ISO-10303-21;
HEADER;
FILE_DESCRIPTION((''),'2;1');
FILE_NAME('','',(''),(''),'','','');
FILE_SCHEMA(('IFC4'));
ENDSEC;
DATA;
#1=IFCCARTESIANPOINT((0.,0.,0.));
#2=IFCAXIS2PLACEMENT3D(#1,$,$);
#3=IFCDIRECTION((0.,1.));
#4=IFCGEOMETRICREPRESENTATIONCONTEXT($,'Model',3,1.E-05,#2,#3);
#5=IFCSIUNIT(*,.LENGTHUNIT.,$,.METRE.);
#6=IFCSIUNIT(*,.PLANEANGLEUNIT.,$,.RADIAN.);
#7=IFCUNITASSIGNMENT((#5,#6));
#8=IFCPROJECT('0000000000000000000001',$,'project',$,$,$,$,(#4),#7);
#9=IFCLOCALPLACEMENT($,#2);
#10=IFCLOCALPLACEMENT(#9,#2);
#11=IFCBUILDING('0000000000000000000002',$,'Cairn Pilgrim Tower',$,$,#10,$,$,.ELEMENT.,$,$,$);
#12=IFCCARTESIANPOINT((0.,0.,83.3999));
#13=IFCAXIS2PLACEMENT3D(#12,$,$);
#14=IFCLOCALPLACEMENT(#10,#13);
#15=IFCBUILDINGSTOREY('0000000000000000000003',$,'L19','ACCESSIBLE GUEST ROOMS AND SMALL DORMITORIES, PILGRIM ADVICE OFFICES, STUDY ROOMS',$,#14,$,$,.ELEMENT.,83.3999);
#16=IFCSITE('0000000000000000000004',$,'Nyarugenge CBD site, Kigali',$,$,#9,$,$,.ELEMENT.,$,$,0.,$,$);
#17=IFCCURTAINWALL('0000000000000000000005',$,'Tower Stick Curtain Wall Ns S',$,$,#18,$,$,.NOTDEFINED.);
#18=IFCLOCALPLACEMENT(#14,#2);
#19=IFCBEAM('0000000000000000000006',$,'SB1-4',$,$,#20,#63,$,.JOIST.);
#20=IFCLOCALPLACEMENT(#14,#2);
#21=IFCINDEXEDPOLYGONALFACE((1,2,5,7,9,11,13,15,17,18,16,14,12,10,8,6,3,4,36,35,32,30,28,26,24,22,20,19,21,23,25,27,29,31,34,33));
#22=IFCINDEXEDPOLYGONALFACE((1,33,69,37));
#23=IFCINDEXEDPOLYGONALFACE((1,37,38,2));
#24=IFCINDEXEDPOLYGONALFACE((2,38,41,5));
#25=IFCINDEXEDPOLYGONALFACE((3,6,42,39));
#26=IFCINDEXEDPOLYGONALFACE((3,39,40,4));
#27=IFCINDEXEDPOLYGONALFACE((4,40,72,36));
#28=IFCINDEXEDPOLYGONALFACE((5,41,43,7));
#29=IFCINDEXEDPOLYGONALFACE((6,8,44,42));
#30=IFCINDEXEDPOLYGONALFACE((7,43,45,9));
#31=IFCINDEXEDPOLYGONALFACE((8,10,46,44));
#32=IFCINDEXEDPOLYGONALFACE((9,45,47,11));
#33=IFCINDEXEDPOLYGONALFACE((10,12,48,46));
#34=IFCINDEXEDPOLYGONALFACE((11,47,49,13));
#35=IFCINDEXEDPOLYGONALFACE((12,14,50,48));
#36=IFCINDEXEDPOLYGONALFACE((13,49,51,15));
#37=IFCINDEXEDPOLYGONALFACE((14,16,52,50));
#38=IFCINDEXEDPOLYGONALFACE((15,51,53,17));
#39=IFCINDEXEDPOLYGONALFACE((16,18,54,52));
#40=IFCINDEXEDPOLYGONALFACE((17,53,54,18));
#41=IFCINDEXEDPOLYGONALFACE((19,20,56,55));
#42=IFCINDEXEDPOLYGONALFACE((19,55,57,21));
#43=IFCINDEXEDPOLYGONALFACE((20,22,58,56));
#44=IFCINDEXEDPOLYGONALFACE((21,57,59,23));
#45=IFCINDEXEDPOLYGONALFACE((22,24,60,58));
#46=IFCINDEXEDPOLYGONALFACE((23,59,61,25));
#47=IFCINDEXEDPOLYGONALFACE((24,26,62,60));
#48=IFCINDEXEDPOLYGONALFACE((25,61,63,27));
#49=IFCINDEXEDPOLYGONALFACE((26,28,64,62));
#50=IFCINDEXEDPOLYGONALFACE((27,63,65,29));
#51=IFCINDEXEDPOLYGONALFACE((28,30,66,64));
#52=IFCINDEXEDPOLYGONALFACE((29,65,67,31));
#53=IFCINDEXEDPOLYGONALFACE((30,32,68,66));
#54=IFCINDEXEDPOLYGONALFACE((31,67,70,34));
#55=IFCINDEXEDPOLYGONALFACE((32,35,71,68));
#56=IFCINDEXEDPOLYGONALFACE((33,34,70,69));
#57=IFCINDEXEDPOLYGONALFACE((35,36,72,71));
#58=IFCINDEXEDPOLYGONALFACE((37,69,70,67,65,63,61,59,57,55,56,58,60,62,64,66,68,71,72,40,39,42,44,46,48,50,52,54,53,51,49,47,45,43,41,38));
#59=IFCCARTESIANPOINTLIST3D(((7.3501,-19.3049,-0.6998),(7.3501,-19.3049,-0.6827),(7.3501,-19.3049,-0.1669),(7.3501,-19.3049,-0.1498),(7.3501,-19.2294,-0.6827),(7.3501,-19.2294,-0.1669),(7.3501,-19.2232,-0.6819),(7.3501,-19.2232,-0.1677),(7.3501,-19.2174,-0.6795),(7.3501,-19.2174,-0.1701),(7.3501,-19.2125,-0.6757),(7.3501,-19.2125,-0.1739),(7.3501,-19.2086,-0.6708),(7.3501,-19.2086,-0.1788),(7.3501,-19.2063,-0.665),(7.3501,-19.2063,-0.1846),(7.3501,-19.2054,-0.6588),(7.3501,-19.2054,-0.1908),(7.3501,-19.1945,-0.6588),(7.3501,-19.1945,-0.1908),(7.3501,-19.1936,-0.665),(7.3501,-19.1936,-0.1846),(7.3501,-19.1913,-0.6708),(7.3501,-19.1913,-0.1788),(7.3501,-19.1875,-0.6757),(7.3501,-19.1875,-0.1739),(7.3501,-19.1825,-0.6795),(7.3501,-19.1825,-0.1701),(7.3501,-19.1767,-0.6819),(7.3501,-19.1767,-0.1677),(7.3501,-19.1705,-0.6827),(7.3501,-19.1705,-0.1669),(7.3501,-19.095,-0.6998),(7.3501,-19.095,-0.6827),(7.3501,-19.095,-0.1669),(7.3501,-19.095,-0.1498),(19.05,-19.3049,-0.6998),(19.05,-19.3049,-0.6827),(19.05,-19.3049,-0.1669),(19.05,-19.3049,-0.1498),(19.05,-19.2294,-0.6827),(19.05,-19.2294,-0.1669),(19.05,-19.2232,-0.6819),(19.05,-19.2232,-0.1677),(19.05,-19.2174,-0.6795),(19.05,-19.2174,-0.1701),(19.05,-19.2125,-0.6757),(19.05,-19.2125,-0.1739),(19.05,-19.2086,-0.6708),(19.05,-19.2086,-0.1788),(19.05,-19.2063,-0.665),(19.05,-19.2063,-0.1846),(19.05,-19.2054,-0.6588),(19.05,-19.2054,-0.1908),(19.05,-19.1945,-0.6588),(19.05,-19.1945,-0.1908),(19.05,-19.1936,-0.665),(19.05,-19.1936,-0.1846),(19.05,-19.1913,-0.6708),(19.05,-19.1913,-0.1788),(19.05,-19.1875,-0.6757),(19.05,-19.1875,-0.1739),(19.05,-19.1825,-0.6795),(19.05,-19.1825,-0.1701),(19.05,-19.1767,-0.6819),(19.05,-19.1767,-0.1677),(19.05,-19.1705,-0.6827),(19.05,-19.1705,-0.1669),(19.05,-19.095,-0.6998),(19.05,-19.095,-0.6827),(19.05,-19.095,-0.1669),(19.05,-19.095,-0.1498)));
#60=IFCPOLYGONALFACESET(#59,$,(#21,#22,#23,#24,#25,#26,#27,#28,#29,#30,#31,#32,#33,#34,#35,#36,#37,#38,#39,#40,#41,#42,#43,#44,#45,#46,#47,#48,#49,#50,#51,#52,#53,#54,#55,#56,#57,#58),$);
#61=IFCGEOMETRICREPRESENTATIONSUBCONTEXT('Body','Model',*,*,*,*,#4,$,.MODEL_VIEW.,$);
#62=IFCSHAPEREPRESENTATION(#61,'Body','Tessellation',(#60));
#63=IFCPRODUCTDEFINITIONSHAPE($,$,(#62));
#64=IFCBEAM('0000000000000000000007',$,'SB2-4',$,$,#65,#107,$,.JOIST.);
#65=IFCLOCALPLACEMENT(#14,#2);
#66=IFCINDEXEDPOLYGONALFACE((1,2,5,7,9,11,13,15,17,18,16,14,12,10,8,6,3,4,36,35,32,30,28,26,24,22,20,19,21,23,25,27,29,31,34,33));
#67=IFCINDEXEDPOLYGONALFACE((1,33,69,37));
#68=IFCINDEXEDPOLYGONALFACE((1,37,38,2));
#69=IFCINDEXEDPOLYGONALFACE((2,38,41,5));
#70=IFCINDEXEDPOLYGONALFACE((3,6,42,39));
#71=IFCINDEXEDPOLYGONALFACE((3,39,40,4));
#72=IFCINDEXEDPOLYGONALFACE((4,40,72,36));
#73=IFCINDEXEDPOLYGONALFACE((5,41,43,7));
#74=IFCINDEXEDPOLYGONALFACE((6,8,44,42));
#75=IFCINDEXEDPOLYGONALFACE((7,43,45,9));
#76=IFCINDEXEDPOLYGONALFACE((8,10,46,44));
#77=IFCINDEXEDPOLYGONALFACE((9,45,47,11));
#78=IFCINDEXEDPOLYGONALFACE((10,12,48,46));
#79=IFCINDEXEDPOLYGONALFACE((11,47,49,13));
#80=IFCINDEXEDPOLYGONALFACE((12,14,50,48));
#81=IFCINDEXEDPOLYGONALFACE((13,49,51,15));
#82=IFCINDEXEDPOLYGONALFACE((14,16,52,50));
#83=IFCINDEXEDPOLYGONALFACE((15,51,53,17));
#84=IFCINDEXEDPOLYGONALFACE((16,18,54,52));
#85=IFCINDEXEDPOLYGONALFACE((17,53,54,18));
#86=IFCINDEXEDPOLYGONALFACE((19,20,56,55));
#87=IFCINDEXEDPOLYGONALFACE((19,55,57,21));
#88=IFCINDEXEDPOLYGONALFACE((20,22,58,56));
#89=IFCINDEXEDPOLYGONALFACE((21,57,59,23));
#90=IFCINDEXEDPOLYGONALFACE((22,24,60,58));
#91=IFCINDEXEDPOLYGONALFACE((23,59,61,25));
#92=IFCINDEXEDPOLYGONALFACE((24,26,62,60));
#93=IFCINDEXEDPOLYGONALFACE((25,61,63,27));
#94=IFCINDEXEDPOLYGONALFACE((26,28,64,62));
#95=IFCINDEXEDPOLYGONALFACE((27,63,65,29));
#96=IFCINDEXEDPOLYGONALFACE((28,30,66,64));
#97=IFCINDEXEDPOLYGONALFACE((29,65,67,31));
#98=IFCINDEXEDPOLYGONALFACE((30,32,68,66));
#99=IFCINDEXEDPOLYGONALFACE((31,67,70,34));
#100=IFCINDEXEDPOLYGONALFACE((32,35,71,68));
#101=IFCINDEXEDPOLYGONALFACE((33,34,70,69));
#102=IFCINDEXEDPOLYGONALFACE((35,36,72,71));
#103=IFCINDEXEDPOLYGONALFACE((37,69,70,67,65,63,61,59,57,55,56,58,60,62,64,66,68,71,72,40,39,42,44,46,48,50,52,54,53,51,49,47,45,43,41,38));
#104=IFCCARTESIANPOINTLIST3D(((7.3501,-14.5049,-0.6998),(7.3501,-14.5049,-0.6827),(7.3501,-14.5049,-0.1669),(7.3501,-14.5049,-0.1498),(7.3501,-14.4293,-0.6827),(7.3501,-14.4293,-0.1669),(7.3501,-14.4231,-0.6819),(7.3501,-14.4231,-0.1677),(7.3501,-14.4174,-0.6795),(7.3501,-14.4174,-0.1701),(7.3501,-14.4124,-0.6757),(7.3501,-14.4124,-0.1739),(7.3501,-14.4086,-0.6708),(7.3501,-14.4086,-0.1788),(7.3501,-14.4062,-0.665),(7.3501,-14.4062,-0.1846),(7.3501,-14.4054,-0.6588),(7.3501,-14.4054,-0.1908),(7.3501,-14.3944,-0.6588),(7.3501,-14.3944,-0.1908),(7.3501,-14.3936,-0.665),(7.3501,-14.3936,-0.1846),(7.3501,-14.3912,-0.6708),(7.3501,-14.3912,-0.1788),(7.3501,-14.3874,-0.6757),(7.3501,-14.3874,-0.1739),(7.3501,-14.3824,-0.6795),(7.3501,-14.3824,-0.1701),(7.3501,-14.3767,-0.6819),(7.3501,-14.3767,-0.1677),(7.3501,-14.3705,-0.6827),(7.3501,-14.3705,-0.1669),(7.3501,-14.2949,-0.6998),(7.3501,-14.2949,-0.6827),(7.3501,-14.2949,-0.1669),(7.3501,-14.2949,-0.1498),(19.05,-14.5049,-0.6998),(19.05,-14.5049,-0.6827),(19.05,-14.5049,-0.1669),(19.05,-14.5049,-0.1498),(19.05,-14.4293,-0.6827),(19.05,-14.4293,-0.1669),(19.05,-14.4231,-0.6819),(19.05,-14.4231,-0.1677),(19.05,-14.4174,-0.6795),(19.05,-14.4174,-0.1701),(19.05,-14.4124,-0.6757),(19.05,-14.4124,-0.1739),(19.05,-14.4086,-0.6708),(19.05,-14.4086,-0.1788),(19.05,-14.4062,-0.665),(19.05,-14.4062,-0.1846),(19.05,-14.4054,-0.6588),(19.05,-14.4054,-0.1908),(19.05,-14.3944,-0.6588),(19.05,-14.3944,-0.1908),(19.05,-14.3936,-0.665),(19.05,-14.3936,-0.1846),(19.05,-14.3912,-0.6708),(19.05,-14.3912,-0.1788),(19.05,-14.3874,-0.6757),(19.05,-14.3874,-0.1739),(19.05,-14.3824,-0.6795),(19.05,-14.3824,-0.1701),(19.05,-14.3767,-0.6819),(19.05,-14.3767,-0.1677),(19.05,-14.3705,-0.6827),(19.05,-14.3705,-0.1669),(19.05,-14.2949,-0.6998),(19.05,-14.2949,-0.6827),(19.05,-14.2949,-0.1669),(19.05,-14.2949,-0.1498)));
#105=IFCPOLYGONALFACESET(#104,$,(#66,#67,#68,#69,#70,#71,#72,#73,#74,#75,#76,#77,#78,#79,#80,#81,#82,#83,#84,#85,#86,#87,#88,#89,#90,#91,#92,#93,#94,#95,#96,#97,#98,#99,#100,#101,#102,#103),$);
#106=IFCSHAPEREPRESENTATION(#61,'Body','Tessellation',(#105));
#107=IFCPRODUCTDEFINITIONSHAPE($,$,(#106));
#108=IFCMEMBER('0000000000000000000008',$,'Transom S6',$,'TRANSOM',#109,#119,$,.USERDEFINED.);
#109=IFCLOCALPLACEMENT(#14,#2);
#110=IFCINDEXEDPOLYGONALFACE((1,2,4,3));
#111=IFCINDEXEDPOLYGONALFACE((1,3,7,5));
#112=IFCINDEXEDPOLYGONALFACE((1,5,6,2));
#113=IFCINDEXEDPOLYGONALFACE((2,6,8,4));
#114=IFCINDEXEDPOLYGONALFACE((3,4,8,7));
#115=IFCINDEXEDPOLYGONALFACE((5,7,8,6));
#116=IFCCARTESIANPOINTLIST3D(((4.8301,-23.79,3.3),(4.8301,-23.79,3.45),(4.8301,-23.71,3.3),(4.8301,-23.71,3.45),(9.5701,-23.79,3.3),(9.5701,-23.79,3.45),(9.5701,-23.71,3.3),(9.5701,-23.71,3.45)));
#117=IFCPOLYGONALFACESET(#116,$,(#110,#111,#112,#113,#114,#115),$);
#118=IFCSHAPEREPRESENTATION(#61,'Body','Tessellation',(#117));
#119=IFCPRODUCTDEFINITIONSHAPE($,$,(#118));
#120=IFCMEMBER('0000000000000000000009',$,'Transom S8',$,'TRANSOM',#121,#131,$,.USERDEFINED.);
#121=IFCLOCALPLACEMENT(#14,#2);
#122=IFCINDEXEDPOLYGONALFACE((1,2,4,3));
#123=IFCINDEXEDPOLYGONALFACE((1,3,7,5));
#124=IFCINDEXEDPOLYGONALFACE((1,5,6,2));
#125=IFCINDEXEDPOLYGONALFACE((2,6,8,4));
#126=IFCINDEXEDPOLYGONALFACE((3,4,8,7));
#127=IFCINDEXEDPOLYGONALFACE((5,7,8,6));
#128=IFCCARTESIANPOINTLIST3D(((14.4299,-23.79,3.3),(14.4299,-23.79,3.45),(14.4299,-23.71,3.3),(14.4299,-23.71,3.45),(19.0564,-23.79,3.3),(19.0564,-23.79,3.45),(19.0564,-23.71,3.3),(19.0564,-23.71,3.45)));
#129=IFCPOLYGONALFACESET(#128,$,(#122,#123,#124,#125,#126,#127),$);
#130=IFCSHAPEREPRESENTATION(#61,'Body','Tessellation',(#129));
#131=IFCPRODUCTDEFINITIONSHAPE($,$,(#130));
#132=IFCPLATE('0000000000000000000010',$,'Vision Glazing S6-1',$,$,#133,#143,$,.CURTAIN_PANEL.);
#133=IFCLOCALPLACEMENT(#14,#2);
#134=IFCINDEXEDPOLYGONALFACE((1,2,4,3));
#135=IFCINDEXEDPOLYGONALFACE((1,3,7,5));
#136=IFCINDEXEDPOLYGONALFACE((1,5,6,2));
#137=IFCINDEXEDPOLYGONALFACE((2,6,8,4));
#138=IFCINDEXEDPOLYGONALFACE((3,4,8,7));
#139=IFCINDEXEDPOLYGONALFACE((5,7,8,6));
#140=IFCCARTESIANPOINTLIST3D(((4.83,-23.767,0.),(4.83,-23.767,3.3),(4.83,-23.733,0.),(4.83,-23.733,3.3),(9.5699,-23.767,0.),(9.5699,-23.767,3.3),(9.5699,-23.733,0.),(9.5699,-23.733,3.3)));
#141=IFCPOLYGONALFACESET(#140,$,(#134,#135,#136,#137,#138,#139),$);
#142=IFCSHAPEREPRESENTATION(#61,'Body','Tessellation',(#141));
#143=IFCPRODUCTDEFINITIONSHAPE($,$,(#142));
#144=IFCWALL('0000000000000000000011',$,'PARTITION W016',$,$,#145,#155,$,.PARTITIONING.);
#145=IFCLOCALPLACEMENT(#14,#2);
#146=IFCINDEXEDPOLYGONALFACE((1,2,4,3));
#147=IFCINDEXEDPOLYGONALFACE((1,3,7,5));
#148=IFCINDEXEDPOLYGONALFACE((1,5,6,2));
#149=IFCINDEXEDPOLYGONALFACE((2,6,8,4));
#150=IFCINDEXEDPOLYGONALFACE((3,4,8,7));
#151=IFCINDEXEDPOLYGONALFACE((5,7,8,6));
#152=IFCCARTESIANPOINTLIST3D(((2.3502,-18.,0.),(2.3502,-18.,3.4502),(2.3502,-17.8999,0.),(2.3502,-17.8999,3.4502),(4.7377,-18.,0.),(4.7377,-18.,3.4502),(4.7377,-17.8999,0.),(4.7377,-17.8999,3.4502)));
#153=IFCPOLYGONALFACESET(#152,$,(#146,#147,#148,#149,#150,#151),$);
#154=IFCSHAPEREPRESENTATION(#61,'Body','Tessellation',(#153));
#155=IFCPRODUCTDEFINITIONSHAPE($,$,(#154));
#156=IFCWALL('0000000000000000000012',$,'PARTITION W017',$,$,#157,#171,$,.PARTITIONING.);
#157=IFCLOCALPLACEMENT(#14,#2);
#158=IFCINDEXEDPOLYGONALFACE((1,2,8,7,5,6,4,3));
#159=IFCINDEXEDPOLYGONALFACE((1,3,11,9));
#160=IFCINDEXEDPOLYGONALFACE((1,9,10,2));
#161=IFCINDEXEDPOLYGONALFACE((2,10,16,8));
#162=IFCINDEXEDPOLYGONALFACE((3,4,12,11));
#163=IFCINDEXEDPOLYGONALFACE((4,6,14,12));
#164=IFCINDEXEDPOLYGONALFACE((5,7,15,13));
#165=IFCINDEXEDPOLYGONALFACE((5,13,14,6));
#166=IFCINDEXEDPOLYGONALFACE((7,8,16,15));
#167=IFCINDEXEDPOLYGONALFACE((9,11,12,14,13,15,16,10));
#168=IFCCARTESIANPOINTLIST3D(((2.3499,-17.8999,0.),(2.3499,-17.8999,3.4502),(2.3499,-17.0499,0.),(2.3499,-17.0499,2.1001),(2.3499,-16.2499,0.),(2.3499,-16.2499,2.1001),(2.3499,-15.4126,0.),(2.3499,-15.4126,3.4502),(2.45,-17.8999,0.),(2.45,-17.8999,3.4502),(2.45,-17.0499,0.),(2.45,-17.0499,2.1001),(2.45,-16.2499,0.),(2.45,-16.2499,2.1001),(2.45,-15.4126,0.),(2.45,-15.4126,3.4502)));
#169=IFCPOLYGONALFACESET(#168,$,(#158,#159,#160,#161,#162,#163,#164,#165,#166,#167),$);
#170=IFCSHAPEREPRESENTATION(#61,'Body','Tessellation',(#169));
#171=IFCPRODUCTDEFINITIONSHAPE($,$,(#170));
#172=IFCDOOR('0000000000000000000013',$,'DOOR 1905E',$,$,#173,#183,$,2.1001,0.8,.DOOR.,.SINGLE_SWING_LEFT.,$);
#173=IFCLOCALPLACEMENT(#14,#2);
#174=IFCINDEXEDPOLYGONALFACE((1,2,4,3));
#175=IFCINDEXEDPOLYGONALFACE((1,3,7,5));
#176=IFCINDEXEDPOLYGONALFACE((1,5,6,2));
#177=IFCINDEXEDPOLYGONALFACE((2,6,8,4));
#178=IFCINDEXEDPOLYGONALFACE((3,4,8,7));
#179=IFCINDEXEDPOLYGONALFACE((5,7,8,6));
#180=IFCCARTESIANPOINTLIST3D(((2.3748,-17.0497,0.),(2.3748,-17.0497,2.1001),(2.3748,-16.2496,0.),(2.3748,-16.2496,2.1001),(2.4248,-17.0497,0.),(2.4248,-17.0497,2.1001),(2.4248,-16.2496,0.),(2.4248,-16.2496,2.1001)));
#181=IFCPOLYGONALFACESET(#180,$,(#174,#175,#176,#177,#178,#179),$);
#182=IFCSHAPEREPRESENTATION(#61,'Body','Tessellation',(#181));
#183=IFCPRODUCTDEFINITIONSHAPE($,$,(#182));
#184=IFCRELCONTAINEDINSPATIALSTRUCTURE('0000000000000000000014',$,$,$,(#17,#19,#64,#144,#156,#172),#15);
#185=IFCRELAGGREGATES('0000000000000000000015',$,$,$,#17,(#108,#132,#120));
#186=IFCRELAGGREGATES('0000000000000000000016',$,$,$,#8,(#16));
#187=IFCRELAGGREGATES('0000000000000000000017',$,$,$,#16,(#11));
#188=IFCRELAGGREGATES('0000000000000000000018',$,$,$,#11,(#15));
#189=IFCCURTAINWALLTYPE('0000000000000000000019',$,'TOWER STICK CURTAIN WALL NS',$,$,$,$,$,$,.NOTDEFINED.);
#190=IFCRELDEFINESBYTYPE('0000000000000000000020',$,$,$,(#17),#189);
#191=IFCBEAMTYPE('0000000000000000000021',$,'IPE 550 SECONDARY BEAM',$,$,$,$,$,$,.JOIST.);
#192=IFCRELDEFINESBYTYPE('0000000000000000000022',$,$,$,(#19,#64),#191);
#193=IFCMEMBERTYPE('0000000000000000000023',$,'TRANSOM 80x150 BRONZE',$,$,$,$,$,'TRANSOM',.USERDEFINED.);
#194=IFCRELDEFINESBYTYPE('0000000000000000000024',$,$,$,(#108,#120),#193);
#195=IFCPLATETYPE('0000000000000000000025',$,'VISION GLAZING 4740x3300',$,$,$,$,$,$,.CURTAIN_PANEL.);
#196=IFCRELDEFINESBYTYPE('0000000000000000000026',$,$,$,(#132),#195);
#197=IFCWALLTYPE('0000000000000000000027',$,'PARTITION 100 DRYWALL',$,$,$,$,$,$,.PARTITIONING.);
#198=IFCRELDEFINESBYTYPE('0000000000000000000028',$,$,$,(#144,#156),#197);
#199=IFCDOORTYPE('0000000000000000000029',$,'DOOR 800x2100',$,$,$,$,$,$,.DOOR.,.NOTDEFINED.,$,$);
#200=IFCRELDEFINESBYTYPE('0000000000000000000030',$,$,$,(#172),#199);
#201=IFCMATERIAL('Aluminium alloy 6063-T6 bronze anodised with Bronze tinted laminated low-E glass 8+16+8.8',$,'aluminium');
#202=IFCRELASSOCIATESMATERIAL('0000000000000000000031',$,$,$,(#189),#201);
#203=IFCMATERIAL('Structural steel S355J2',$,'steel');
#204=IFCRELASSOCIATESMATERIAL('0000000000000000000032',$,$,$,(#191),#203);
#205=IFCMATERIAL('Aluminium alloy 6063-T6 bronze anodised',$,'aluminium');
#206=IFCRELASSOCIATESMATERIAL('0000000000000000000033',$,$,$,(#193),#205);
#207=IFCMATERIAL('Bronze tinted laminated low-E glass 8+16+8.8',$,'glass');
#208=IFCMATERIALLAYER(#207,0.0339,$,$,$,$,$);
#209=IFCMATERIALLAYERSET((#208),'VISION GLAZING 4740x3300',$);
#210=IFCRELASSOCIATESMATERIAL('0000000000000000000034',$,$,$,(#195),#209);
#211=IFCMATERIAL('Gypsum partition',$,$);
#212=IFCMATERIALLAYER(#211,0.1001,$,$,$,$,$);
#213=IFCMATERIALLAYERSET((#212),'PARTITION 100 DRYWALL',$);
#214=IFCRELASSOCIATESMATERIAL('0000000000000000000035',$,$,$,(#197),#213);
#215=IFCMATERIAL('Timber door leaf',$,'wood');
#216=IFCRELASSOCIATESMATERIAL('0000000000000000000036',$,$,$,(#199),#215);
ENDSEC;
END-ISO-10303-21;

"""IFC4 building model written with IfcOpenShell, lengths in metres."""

from ifc_helpers import new_model, si_unit, direction, frame, frame_2d, origin, origin_2d, place, context, subcontext, project, spatial, rectangle, i_section, extrude, material, layer, layer_set, material_profile, profile_set, type_object, element, fill, aggregate, save


model = new_model("IFC4")

# Units and contexts
model_context = context("Model", 3, precision=1e-05, world=origin(), true_north=direction((0.0, 1.0)))
body_context = subcontext(model_context, "Body", "Model", "MODEL_VIEW")
ifc_project = project(units=[si_unit("LENGTHUNIT", "METRE"), si_unit("PLANEANGLEUNIT", "RADIAN")], contexts=[model_context])

# Site, building, storey
site_placement = place(None, origin())
site = spatial("IfcSite", under=ifc_project, at=site_placement, Name="Nyarugenge CBD site, Kigali", CompositionType="ELEMENT", RefElevation=0.0)
building_placement = place(site_placement, origin())
building = spatial("IfcBuilding", under=site, at=building_placement, Name="Cairn Pilgrim Tower", CompositionType="ELEMENT")
storey_placement = place(building_placement, frame((0.0, 0.0, 83.3999)))
storey = spatial("IfcBuildingStorey", under=building, at=storey_placement, Name="L19", Description="ACCESSIBLE GUEST ROOMS AND SMALL DORMITORIES, PILGRIM ADVICE OFFICES, STUDY ROOMS", CompositionType="ELEMENT", Elevation=83.3999)

# Curtain wall
ifc_material_1 = material(Name="Aluminium alloy 6063-T6 bronze anodised with Bronze tinted laminated low-E glass 8+16+8.8", Category="aluminium")
curtain_wall_type = type_object("IfcCurtainWallType", Name="TOWER STICK CURTAIN WALL NS", PredefinedType="NOTDEFINED", material=ifc_material_1)
curtain_wall_placement = place(storey_placement, origin())
curtain_wall = element("IfcCurtainWall", 1, at=curtain_wall_placement, inside=storey, type_object=curtain_wall_type, Name="Tower Stick Curtain Wall Ns S", PredefinedType="NOTDEFINED")
ifc_material_2 = material(Name="Aluminium alloy 6063-T6 bronze anodised", Category="aluminium")

# Beams
ifc_material_3 = material(Name="Structural steel S355J2", Category="steel")
ifc_material_profile_1 = material_profile(ifc_material_3, i_section(OverallWidth=0.21, OverallDepth=0.55, WebThickness=0.011, FlangeThickness=0.0171, FilletRadius=0.0239, at=origin_2d()), Name="IPE 550")
ifc_profile_set_1 = profile_set([ifc_material_profile_1], Name="Structural steel S355J2")
beam_type_1 = type_object("IfcBeamType", Name="IPE 550 SECONDARY BEAM", PredefinedType="JOIST", material=ifc_profile_set_1)
for number, where, z_axis, x_axis, name in (
    (2, (7.3501, -19.2, -0.4248), (1.0, 0.0, 0.0), (0.0, 1.0, 0.0), "SB1-4"),
    (3, (7.3501, -14.3999, -0.4248), (1.0, 0.0, 0.0), (0.0, 1.0, 0.0), "SB2-4"),
):
    element("IfcBeam", number, at=place(storey_placement, frame(where, z_axis=z_axis, x_axis=x_axis)), inside=storey, type_object=beam_type_1, Name=name, PredefinedType="JOIST", context=body_context, shape_type="SweptSolid", body=[
        extrude(i_section(OverallWidth=0.21, OverallDepth=0.55, WebThickness=0.011, FlangeThickness=0.0171, FilletRadius=0.0239, at=origin_2d()), origin(), (0.0, 0.0, 1.0), 11.7),
    ])

# Members
ifc_material_profile_2 = material_profile(ifc_material_2, rectangle(XDim=0.0801, YDim=0.1499, at=origin_2d()), Name="TRANSOM 80x150 BRONZE")
ifc_profile_set_2 = profile_set([ifc_material_profile_2], Name="Aluminium alloy 6063-T6 bronze anodised")
member_type_1 = type_object("IfcMemberType", Name="TRANSOM 80x150 BRONZE", ElementType="TRANSOM", PredefinedType="USERDEFINED", material=ifc_profile_set_2)
member_1_placement = place(storey_placement, frame((4.8301, -23.75, 3.375), z_axis=(1.0, 0.0, 0.0), x_axis=(0.0, 1.0, 0.0)))
member_1 = element("IfcMember", 4, at=member_1_placement, type_object=member_type_1, Name="Transom S6", ObjectType="TRANSOM", PredefinedType="USERDEFINED", context=body_context, shape_type="SweptSolid", body=[
    extrude(rectangle(XDim=0.0801, YDim=0.1499, at=origin_2d()), origin(), (0.0, 0.0, 1.0), 4.74),
])
member_2_placement = place(storey_placement, frame((14.4299, -23.75, 3.375), z_axis=(1.0, 0.0, 0.0), x_axis=(0.0, 1.0, 0.0)))
member_2 = element("IfcMember", 5, at=member_2_placement, type_object=member_type_1, Name="Transom S8", ObjectType="TRANSOM", PredefinedType="USERDEFINED", context=body_context, shape_type="SweptSolid", body=[
    extrude(rectangle(XDim=0.0801, YDim=0.1499, at=origin_2d()), origin(), (0.0, 0.0, 1.0), 4.6265),
])

# Plate
ifc_material_4 = material(Name="Bronze tinted laminated low-E glass 8+16+8.8", Category="glass")
ifc_layer_1 = layer(ifc_material_4, 0.0339)
ifc_layer_set_1 = layer_set([ifc_layer_1], Name="VISION GLAZING 4740x3300")
plate_type = type_object("IfcPlateType", Name="VISION GLAZING 4740x3300", PredefinedType="CURTAIN_PANEL", material=ifc_layer_set_1)
plate_placement = place(storey_placement, frame((7.2, -23.75, 0.0), z_axis=(0.0, 0.0, 1.0), x_axis=(1.0, 0.0, 0.0)))
plate = element("IfcPlate", 6, at=plate_placement, type_object=plate_type, Name="Vision Glazing S6-1", PredefinedType="CURTAIN_PANEL", context=body_context, shape_type="SweptSolid", body=[
    extrude(rectangle(XDim=4.74, YDim=0.0339, at=origin_2d()), origin(), (0.0, 0.0, 1.0), 3.3),
])
aggregate(curtain_wall, [member_1, plate, member_2])

# Wall
ifc_material_5 = material(Name="Gypsum partition")
ifc_layer_2 = layer(ifc_material_5, 0.1001)
ifc_layer_set_2 = layer_set([ifc_layer_2], Name="PARTITION 100 DRYWALL")
wall_type_1 = type_object("IfcWallType", Name="PARTITION 100 DRYWALL", PredefinedType="PARTITIONING", material=ifc_layer_set_2)
wall_1_placement = place(storey_placement, frame((2.3501, -17.95, 0.0), z_axis=(0.0, 0.0, 1.0), x_axis=(1.0, 0.0, 0.0)))
element("IfcWall", 7, at=wall_1_placement, inside=storey, type_object=wall_type_1, Name="PARTITION W016", PredefinedType="PARTITIONING", context=body_context, shape_type="SweptSolid", body=[
    extrude(rectangle(XDim=2.3875, YDim=0.1001, at=frame_2d((1.1938, 0.0))), origin(), (0.0, 0.0, 1.0), 3.4502),
])

# Wall, opening, door
wall_2_placement = place(storey_placement, frame((2.3999, -17.8999, 0.0), z_axis=(0.0, 0.0, 1.0), x_axis=(0.0, 1.0, 0.0)))
wall_2 = element("IfcWall", 8, at=wall_2_placement, inside=storey, type_object=wall_type_1, Name="PARTITION W017", PredefinedType="PARTITIONING", context=body_context, shape_type="SweptSolid", body=[
    extrude(rectangle(XDim=2.4873, YDim=0.1001, at=frame_2d((1.2437, 0.0))), origin(), (0.0, 0.0, 1.0), 3.4502),
])
opening_1_placement = place(wall_2_placement, frame((0.8501, 0.0, 0.0)))
opening_1 = element("IfcOpeningElement", 9, at=opening_1_placement, cuts=wall_2, PredefinedType="OPENING", context=body_context, shape_type="SweptSolid", body=[
    extrude(rectangle(XDim=0.8, YDim=2.1001, at=frame_2d((0.3999, 1.05))), frame((0.0, 0.0601, 0.0), z_axis=(0.0, -1.0, 0.0), x_axis=(1.0, 0.0, 0.0)), (0.0, 0.0, 1.0), 0.1201),
])
ifc_material_6 = material(Name="Timber door leaf", Category="wood")
door_type_1 = type_object("IfcDoorType", Name="DOOR 800x2100", OperationType="NOTDEFINED", PredefinedType="DOOR", material=ifc_material_6)
door_1_placement = place(opening_1_placement, frame((0.8, 0.0, 0.0), z_axis=(0.0, 0.0, 1.0), x_axis=(-1.0, 0.0, 0.0)))
door_1 = element("IfcDoor", 10, at=door_1_placement, inside=storey, type_object=door_type_1, Name="DOOR 1905E", OperationType="SINGLE_SWING_LEFT", OverallHeight=2.1001, OverallWidth=0.8, PredefinedType="DOOR", context=body_context, shape_type="SweptSolid", body=[
    extrude(rectangle(XDim=0.8, YDim=2.1001, at=frame_2d((0.3999, 1.05))), frame((0.0, 0.0249, 0.0), z_axis=(0.0, -1.0, 0.0), x_axis=(1.0, 0.0, 0.0)), (0.0, 0.0, 1.0), 0.05),
])
fill(opening_1, door_1)

save(model, "model.ifc")
